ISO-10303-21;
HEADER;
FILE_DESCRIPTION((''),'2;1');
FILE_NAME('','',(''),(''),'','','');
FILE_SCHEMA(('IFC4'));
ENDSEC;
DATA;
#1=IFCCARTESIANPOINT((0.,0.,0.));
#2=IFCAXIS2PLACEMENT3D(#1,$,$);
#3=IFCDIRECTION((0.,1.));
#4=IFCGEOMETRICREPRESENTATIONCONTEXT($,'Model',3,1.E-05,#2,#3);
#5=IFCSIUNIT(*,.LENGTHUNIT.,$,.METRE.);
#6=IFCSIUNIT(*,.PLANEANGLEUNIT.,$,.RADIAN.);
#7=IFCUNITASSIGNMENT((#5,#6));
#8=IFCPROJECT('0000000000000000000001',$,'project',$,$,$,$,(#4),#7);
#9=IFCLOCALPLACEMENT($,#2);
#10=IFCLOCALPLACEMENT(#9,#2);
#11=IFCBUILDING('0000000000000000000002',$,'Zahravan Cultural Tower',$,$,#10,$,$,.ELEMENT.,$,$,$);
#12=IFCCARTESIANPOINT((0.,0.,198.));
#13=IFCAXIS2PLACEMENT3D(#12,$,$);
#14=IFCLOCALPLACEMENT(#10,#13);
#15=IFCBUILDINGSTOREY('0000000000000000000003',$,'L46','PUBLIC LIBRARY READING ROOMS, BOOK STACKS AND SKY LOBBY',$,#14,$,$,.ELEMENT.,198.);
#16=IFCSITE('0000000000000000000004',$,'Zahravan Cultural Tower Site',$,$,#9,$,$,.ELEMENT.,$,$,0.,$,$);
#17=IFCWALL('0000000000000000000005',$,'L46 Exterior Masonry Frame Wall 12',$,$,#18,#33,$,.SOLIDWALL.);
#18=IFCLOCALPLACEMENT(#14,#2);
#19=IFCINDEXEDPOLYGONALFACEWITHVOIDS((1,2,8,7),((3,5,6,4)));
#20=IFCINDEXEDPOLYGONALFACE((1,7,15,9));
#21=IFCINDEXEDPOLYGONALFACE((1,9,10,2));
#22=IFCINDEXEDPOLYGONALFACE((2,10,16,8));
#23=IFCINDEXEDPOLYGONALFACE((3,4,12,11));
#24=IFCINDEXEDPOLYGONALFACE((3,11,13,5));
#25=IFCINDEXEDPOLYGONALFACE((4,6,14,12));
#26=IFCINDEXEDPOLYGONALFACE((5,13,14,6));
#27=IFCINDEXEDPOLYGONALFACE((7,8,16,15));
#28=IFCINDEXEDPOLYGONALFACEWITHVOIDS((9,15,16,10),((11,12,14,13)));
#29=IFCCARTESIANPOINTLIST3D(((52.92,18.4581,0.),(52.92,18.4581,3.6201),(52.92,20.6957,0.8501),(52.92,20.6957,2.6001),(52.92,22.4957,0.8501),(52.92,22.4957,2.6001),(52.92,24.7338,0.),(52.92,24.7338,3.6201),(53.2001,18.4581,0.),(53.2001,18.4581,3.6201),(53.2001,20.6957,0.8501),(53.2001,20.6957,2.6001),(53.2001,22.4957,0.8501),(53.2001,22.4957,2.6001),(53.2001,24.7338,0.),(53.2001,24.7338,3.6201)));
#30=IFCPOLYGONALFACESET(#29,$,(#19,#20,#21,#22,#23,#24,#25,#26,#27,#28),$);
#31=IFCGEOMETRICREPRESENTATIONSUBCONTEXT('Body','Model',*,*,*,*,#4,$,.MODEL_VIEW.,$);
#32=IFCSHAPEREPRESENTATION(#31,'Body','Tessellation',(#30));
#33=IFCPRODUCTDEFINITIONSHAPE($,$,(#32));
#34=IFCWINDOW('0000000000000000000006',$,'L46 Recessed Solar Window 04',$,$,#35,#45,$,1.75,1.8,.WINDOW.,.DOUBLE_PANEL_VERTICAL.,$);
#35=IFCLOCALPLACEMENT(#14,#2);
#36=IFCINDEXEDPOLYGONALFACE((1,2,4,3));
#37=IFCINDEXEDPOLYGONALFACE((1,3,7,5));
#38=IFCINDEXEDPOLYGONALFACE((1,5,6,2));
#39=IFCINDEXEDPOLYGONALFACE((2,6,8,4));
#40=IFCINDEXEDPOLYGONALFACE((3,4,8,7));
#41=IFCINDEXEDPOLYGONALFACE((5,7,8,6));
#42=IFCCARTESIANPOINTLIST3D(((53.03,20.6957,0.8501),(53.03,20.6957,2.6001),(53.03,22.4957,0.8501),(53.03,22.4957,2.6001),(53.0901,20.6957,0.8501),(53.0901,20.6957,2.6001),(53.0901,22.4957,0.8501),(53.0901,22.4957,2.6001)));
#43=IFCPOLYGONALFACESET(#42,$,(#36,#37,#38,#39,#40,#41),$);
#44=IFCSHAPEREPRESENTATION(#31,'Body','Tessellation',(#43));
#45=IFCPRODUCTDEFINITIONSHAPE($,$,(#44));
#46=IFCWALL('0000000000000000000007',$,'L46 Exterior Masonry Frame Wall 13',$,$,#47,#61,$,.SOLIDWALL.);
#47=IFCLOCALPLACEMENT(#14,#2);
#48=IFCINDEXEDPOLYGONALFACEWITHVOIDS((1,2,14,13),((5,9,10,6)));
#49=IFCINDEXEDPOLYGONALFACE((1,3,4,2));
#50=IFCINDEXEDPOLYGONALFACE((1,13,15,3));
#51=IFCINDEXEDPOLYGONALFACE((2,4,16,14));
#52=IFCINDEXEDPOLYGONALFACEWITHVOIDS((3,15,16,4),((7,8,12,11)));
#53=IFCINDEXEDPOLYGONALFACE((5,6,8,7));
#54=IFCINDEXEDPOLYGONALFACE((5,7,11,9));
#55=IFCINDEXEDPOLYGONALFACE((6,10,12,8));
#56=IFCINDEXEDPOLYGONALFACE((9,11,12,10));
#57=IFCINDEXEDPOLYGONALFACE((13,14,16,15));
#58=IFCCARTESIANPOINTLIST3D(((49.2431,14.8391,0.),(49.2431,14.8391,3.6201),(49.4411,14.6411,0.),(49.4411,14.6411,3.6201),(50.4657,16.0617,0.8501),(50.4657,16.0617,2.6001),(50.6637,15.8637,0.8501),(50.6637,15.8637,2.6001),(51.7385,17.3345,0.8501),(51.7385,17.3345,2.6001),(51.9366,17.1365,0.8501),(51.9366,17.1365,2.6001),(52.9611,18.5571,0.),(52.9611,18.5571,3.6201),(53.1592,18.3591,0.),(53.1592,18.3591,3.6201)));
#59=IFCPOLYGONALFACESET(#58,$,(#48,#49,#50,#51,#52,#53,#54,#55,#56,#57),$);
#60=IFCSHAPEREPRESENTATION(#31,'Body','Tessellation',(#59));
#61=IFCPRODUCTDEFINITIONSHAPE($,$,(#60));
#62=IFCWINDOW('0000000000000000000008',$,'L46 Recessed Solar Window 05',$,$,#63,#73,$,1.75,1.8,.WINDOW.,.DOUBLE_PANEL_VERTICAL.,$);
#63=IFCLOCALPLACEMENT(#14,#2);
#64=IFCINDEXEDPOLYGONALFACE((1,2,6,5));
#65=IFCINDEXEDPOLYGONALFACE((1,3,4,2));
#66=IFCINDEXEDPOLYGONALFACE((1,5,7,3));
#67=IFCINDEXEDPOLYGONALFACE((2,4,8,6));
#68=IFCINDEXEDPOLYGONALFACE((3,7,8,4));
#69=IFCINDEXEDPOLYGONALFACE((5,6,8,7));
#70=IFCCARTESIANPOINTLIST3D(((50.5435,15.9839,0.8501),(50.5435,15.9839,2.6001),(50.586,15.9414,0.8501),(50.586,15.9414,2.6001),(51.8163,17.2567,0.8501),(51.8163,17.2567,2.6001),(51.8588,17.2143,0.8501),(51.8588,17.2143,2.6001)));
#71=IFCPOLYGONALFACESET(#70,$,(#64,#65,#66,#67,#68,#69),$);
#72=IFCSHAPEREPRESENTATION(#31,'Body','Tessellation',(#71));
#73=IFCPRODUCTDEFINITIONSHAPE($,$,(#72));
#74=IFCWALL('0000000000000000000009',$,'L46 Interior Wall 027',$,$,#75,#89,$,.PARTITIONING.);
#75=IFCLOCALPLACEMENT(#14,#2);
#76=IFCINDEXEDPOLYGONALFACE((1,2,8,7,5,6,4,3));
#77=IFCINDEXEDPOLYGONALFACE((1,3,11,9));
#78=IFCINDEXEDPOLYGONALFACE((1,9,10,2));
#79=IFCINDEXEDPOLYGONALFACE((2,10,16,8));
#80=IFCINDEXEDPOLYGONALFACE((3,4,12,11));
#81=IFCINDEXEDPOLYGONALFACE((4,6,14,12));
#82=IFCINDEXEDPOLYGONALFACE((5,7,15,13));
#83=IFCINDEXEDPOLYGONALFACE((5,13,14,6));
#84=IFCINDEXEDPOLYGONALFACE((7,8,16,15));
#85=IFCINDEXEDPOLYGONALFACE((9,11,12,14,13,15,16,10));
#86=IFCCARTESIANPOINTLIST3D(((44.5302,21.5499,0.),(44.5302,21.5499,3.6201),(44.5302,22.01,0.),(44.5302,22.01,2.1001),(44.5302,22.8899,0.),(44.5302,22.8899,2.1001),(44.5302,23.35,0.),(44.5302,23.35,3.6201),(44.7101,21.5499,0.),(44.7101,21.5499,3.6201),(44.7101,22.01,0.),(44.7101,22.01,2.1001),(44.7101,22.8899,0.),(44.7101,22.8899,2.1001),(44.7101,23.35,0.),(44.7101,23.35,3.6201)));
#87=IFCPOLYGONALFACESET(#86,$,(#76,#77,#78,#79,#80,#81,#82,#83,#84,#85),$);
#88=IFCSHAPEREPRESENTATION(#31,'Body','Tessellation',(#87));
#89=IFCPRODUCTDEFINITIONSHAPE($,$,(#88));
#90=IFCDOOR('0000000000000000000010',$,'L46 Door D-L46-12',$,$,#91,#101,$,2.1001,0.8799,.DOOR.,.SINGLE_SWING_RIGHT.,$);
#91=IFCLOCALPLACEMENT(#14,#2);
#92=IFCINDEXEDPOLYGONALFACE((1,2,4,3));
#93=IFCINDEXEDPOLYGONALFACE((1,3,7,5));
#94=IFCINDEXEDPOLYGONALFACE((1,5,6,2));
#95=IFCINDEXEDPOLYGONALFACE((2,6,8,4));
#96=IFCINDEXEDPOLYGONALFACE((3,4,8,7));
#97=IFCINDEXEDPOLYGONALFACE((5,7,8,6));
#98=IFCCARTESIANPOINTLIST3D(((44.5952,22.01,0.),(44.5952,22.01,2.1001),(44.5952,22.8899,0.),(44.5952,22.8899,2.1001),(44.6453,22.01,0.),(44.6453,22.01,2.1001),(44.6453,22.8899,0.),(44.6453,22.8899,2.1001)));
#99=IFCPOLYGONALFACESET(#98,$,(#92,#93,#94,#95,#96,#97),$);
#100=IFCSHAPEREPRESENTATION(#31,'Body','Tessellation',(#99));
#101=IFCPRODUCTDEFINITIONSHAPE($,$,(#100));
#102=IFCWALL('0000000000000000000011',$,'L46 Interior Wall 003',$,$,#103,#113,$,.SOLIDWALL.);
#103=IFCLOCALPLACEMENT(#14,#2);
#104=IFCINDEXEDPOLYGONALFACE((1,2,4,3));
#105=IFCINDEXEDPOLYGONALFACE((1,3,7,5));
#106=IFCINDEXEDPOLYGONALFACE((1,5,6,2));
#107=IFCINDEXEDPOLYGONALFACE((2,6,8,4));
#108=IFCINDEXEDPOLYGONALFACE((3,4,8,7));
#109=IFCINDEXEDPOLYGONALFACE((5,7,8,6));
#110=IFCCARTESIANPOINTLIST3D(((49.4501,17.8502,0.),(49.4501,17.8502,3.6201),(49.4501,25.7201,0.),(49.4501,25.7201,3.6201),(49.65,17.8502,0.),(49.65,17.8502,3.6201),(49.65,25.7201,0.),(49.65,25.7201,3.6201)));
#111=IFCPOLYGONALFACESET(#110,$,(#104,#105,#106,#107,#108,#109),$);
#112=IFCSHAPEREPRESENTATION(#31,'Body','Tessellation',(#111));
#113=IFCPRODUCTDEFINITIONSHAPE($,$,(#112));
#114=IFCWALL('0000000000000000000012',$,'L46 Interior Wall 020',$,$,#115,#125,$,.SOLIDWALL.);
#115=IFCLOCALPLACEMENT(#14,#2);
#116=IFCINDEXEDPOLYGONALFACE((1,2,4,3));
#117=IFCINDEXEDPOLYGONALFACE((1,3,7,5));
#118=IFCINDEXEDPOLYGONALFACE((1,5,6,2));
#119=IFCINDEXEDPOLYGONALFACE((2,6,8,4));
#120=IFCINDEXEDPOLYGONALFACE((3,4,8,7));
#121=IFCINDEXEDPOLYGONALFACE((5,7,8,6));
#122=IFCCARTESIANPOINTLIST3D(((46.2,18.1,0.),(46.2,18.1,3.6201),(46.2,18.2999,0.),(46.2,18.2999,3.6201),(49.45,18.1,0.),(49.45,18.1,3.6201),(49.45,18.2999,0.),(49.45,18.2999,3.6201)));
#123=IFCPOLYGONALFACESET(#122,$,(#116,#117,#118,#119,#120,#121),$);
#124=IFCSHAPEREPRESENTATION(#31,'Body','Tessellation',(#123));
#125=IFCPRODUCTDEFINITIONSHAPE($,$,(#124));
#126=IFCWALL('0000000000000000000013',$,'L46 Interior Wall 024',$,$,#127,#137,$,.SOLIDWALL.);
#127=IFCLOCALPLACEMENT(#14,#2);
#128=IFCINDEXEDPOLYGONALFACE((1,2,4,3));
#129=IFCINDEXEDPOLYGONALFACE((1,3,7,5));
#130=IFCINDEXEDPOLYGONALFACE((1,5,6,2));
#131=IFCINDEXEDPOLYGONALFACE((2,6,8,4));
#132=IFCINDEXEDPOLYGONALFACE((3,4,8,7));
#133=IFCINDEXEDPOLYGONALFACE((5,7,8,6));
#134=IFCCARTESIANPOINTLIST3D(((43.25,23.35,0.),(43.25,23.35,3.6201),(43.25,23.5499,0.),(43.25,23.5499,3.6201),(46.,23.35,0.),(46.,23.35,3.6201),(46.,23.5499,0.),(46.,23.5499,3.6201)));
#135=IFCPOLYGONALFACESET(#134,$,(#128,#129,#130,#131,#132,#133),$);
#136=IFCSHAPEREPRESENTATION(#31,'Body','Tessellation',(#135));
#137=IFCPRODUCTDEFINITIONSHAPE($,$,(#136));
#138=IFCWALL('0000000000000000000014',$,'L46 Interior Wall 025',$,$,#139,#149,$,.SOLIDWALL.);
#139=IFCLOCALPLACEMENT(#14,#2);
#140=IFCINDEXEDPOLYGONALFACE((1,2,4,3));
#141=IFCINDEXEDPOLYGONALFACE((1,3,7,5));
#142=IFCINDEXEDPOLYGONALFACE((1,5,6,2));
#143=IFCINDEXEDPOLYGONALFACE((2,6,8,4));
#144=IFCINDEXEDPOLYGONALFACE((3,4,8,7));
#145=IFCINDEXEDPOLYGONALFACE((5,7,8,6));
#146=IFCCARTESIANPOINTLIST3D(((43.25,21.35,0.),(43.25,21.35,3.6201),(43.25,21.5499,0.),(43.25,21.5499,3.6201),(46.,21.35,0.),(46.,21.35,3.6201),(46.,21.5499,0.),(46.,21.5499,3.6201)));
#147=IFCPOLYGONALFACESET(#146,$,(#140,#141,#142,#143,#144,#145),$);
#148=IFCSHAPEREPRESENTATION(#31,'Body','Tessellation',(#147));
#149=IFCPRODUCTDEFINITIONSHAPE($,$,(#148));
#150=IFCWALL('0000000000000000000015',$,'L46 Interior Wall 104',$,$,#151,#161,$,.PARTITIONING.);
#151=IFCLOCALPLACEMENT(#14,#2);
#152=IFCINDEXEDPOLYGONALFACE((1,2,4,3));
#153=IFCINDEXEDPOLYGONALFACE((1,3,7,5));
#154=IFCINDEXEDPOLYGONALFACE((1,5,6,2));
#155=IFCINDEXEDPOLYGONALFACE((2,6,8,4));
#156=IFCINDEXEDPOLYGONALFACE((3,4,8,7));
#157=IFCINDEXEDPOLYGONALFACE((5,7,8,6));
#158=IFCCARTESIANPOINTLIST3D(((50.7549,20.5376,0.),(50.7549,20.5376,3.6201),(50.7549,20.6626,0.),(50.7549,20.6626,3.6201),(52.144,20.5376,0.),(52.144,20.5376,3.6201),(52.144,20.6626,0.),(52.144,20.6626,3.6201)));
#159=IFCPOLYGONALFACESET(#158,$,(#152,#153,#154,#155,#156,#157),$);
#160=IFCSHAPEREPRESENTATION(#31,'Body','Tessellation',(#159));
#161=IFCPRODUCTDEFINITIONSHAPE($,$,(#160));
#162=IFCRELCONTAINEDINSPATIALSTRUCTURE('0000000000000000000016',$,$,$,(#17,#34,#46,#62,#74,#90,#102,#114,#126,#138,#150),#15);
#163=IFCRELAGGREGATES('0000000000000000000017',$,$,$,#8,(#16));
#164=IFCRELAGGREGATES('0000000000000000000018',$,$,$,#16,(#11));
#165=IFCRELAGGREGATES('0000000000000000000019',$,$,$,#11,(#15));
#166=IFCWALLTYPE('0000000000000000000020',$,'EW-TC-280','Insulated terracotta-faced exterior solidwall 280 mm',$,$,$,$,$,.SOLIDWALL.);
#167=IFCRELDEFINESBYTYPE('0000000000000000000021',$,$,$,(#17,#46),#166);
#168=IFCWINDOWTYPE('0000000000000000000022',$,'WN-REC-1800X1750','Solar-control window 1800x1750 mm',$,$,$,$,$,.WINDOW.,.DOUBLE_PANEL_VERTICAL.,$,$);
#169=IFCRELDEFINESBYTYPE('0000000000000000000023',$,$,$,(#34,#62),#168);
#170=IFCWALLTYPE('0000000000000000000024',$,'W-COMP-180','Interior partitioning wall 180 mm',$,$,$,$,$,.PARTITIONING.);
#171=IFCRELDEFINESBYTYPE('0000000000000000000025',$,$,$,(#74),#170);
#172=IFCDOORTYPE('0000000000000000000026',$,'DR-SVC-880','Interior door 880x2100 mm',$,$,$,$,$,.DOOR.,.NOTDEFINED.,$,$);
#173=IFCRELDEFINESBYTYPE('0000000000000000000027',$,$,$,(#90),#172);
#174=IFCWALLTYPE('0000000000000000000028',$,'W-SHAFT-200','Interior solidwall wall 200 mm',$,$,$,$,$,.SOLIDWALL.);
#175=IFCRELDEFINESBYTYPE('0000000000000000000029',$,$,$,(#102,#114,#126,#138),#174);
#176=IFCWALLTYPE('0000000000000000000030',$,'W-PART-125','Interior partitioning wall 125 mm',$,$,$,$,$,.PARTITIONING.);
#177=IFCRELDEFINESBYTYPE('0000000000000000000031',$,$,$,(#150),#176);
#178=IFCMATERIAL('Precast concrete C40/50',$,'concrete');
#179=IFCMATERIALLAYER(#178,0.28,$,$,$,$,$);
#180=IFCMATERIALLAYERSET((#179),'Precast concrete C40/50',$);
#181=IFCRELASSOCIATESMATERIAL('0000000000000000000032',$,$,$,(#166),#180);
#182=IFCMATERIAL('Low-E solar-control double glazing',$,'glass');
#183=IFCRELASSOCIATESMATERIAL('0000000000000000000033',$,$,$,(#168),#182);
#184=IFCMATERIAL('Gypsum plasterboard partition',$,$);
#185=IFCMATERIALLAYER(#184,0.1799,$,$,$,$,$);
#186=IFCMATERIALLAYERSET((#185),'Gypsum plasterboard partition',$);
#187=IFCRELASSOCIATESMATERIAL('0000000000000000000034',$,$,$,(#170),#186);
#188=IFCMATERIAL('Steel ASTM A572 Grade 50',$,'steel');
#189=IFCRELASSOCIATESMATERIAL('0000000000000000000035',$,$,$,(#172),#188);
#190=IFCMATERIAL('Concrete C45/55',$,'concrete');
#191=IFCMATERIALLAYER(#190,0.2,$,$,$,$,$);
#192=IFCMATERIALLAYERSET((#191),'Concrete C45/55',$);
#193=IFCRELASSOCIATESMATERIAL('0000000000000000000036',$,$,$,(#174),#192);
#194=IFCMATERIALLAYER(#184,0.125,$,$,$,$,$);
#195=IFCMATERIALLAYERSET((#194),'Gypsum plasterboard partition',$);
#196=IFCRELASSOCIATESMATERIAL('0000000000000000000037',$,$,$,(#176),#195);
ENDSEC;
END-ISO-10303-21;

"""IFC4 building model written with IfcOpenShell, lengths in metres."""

from ifc_helpers import new_model, si_unit, direction, frame, frame_2d, origin, place, context, subcontext, project, spatial, rectangle, extrude, source, transform, mapped, material, layer, layer_set, type_object, element, fill, save


model = new_model("IFC4")

# Units and contexts
model_context = context("Model", 3, precision=1e-05, world=origin(), true_north=direction((0.0, 1.0)))
body_context = subcontext(model_context, "Body", "Model", "MODEL_VIEW")
ifc_project = project(units=[si_unit("LENGTHUNIT", "METRE"), si_unit("PLANEANGLEUNIT", "RADIAN")], contexts=[model_context])

# Site, building, storey
site_placement = place(None, origin())
site = spatial("IfcSite", under=ifc_project, at=site_placement, Name="Zahravan Cultural Tower Site", CompositionType="ELEMENT", RefElevation=0.0)
building_placement = place(site_placement, origin())
building = spatial("IfcBuilding", under=site, at=building_placement, Name="Zahravan Cultural Tower", CompositionType="ELEMENT")
storey_placement = place(building_placement, frame((0.0, 0.0, 198.0)))
storey = spatial("IfcBuildingStorey", under=building, at=storey_placement, Name="L46", Description="PUBLIC LIBRARY READING ROOMS, BOOK STACKS AND SKY LOBBY", CompositionType="ELEMENT", Elevation=198.0)

# Walls, openings, windows
ifc_material_1 = material(Name="Precast concrete C40/50", Category="concrete")
ifc_layer_1 = layer(ifc_material_1, 0.28)
ifc_layer_set_1 = layer_set([ifc_layer_1], Name="Precast concrete C40/50")
wall_type_1 = type_object("IfcWallType", Name="EW-TC-280", Description="Insulated terracotta-faced exterior solidwall 280 mm", PredefinedType="SOLIDWALL", material=ifc_layer_set_1)
wall_1_placement = place(storey_placement, frame((53.0601, 24.7336, 0.0), z_axis=(0.0, 0.0, 1.0), x_axis=(0.0, -1.0, 0.0)))
wall_1 = element("IfcWall", 1, at=wall_1_placement, inside=storey, type_object=wall_type_1, Name="L46 Exterior Masonry Frame Wall 12", PredefinedType="SOLIDWALL", context=body_context, shape_type="SweptSolid", body=[
    extrude(rectangle(XDim=6.2756, YDim=0.28, at=frame_2d((3.1377, 0.0))), origin(), (0.0, 0.0, 1.0), 3.6201),
])
opening_1_placement = place(wall_1_placement, frame((2.238, 0.0, 0.8501)))
opening_1 = element("IfcOpeningElement", 2, at=opening_1_placement, cuts=wall_1, PredefinedType="OPENING", context=body_context, shape_type="SweptSolid", body=[
    extrude(rectangle(XDim=1.8, YDim=1.75, at=frame_2d((0.8999, 0.875))), frame((0.0, 0.1499, 0.0), z_axis=(0.0, -1.0, 0.0), x_axis=(1.0, 0.0, 0.0)), (0.0, 0.0, 1.0), 0.3),
])
ifc_material_2 = material(Name="Low-E solar-control double glazing", Category="glass")
window_type = type_object("IfcWindowType", Name="WN-REC-1800X1750", Description="Solar-control window 1800x1750 mm", PartitioningType="DOUBLE_PANEL_VERTICAL", PredefinedType="WINDOW", material=ifc_material_2)
shared_shape_1 = source(origin(), body_context, "Body", "SweptSolid", [
    extrude(rectangle(XDim=1.8, YDim=1.75, at=frame_2d((0.8999, 0.875))), frame((0.0, 0.03, 0.0), z_axis=(0.0, -1.0, 0.0), x_axis=(1.0, 0.0, 0.0)), (0.0, 0.0, 1.0), 0.0601),
])
window_1_placement = place(opening_1_placement, origin())
window_1 = element("IfcWindow", 3, at=window_1_placement, inside=storey, type_object=window_type, Name="L46 Recessed Solar Window 04", OverallHeight=1.75, OverallWidth=1.8, PartitioningType="DOUBLE_PANEL_VERTICAL", PredefinedType="WINDOW", context=body_context, shape_type="MappedRepresentation", body=[
    mapped(shared_shape_1, transform((0.0, 0.0, 0.0), x_axis=(1.0, 0.0, 0.0), y_axis=(0.0, 1.0, 0.0), z_axis=(0.0, 0.0, 1.0), scale=1.0)),
])
fill(opening_1, window_1)
wall_2_placement = place(storey_placement, frame((53.0601, 18.458, 0.0), z_axis=(0.0, 0.0, 1.0), x_axis=(-0.707107, -0.707107, 0.0)))
wall_2 = element("IfcWall", 4, at=wall_2_placement, inside=storey, type_object=wall_type_1, Name="L46 Exterior Masonry Frame Wall 13", PredefinedType="SOLIDWALL", context=body_context, shape_type="SweptSolid", body=[
    extrude(rectangle(XDim=5.2581, YDim=0.28, at=frame_2d((2.6289, 0.0))), origin(), (0.0, 0.0, 1.0), 3.6201),
])
opening_2_placement = place(wall_2_placement, frame((1.729, 0.0, 0.8501)))
opening_2 = element("IfcOpeningElement", 5, at=opening_2_placement, cuts=wall_2, PredefinedType="OPENING", context=body_context, shape_type="SweptSolid", body=[
    extrude(rectangle(XDim=1.8, YDim=1.75, at=frame_2d((0.8999, 0.875))), frame((0.0, 0.1499, 0.0), z_axis=(0.0, -1.0, 0.0), x_axis=(1.0, 0.0, 0.0)), (0.0, 0.0, 1.0), 0.3),
])
window_2_placement = place(opening_2_placement, origin())
window_2 = element("IfcWindow", 6, at=window_2_placement, inside=storey, type_object=window_type, Name="L46 Recessed Solar Window 05", OverallHeight=1.75, OverallWidth=1.8, PartitioningType="DOUBLE_PANEL_VERTICAL", PredefinedType="WINDOW", context=body_context, shape_type="MappedRepresentation", body=[
    mapped(shared_shape_1, transform((0.0, 0.0, 0.0), x_axis=(1.0, 0.0, 0.0), y_axis=(0.0, 1.0, 0.0), z_axis=(0.0, 0.0, 1.0), scale=1.0)),
])
fill(opening_2, window_2)

# Wall, opening, door
ifc_material_3 = material(Name="Gypsum plasterboard partition")
ifc_layer_2 = layer(ifc_material_3, 0.1799)
ifc_layer_set_2 = layer_set([ifc_layer_2], Name="Gypsum plasterboard partition")
wall_type_2 = type_object("IfcWallType", Name="W-COMP-180", Description="Interior partitioning wall 180 mm", PredefinedType="PARTITIONING", material=ifc_layer_set_2)
wall_3_placement = place(storey_placement, frame((44.6201, 21.55, 0.0), z_axis=(0.0, 0.0, 1.0), x_axis=(0.0, 1.0, 0.0)))
wall_3 = element("IfcWall", 7, at=wall_3_placement, inside=storey, type_object=wall_type_2, Name="L46 Interior Wall 027", PredefinedType="PARTITIONING", context=body_context, shape_type="SweptSolid", body=[
    extrude(rectangle(XDim=1.8, YDim=0.1799, at=frame_2d((0.8999, 0.0))), origin(), (0.0, 0.0, 1.0), 3.6201),
])
opening_3_placement = place(wall_3_placement, frame((0.46, 0.0, 0.0)))
opening_3 = element("IfcOpeningElement", 8, at=opening_3_placement, cuts=wall_3, PredefinedType="OPENING", context=body_context, shape_type="SweptSolid", body=[
    extrude(rectangle(XDim=0.8799, YDim=2.1001, at=frame_2d((0.4399, 1.05))), frame((0.0, 0.0999, 0.0), z_axis=(0.0, -1.0, 0.0), x_axis=(1.0, 0.0, 0.0)), (0.0, 0.0, 1.0), 0.2),
])
ifc_material_4 = material(Name="Steel ASTM A572 Grade 50", Category="steel")
door_type = type_object("IfcDoorType", Name="DR-SVC-880", Description="Interior door 880x2100 mm", OperationType="NOTDEFINED", PredefinedType="DOOR", material=ifc_material_4)
shared_shape_2 = source(origin(), body_context, "Body", "SweptSolid", [
    extrude(rectangle(XDim=0.8799, YDim=2.1001, at=frame_2d((0.4399, 1.05))), frame((0.0, 0.0249, 0.0), z_axis=(0.0, -1.0, 0.0), x_axis=(1.0, 0.0, 0.0)), (0.0, 0.0, 1.0), 0.05),
])
door_placement = place(opening_3_placement, origin())
door = element("IfcDoor", 9, at=door_placement, inside=storey, type_object=door_type, Name="L46 Door D-L46-12", OperationType="SINGLE_SWING_RIGHT", OverallHeight=2.1001, OverallWidth=0.8799, PredefinedType="DOOR", context=body_context, shape_type="MappedRepresentation", body=[
    mapped(shared_shape_2, transform((0.0, 0.0, 0.0), x_axis=(1.0, 0.0, 0.0), y_axis=(0.0, 1.0, 0.0), z_axis=(0.0, 0.0, 1.0), scale=1.0)),
])
fill(opening_3, door)

# Walls
ifc_material_5 = material(Name="Concrete C45/55", Category="concrete")
ifc_layer_3 = layer(ifc_material_5, 0.2)
ifc_layer_set_3 = layer_set([ifc_layer_3], Name="Concrete C45/55")
wall_type_3 = type_object("IfcWallType", Name="W-SHAFT-200", Description="Interior solidwall wall 200 mm", PredefinedType="SOLIDWALL", material=ifc_layer_set_3)
shared_shape_3 = source(origin(), body_context, "Body", "SweptSolid", [
    extrude(rectangle(XDim=7.8699, YDim=0.2, at=frame_2d((3.9351, 0.0))), origin(), (0.0, 0.0, 1.0), 3.6201),
])
wall_4_placement = place(storey_placement, frame((49.55, 17.8501, 0.0), z_axis=(0.0, 0.0, 1.0), x_axis=(0.0, 1.0, 0.0)))
element("IfcWall", 10, at=wall_4_placement, inside=storey, type_object=wall_type_3, Name="L46 Interior Wall 003", PredefinedType="SOLIDWALL", context=body_context, shape_type="MappedRepresentation", body=[
    mapped(shared_shape_3, transform((0.0, 0.0, 0.0), x_axis=(1.0, 0.0, 0.0), y_axis=(0.0, 1.0, 0.0), z_axis=(0.0, 0.0, 1.0), scale=1.0)),
])
shared_shape_4 = source(origin(), body_context, "Body", "SweptSolid", [
    extrude(rectangle(XDim=3.25, YDim=0.2, at=frame_2d((1.625, 0.0))), origin(), (0.0, 0.0, 1.0), 3.6201),
])
wall_5_placement = place(storey_placement, frame((46.2, 18.2, 0.0), z_axis=(0.0, 0.0, 1.0), x_axis=(1.0, 0.0, 0.0)))
element("IfcWall", 11, at=wall_5_placement, inside=storey, type_object=wall_type_3, Name="L46 Interior Wall 020", PredefinedType="SOLIDWALL", context=body_context, shape_type="MappedRepresentation", body=[
    mapped(shared_shape_4, transform((0.0, 0.0, 0.0), x_axis=(1.0, 0.0, 0.0), y_axis=(0.0, 1.0, 0.0), z_axis=(0.0, 0.0, 1.0), scale=1.0)),
])
shared_shape_5 = source(origin(), body_context, "Body", "SweptSolid", [
    extrude(rectangle(XDim=2.75, YDim=0.2, at=frame_2d((1.375, 0.0))), origin(), (0.0, 0.0, 1.0), 3.6201),
])
for number, where, z_axis, x_axis, name in (
    (12, (43.25, 23.45, 0.0), (0.0, 0.0, 1.0), (1.0, 0.0, 0.0), "L46 Interior Wall 024"),
    (13, (43.25, 21.45, 0.0), (0.0, 0.0, 1.0), (1.0, 0.0, 0.0), "L46 Interior Wall 025"),
):
    element("IfcWall", number, at=place(storey_placement, frame(where, z_axis=z_axis, x_axis=x_axis)), inside=storey, type_object=wall_type_3, Name=name, PredefinedType="SOLIDWALL", context=body_context, shape_type="MappedRepresentation", body=[
        mapped(shared_shape_5, transform((0.0, 0.0, 0.0), x_axis=(1.0, 0.0, 0.0), y_axis=(0.0, 1.0, 0.0), z_axis=(0.0, 0.0, 1.0), scale=1.0)),
    ])
ifc_layer_4 = layer(ifc_material_3, 0.125)
ifc_layer_set_4 = layer_set([ifc_layer_4], Name="Gypsum plasterboard partition")
wall_type_4 = type_object("IfcWallType", Name="W-PART-125", Description="Interior partitioning wall 125 mm", PredefinedType="PARTITIONING", material=ifc_layer_set_4)
shared_shape_6 = source(origin(), body_context, "Body", "SweptSolid", [
    extrude(rectangle(XDim=1.3892, YDim=0.125, at=frame_2d((0.6946, 0.0))), origin(), (0.0, 0.0, 1.0), 3.6201),
])
wall_6_placement = place(storey_placement, frame((50.7549, 20.6001, 0.0), z_axis=(0.0, 0.0, 1.0), x_axis=(1.0, 0.0, 0.0)))
element("IfcWall", 14, at=wall_6_placement, inside=storey, type_object=wall_type_4, Name="L46 Interior Wall 104", PredefinedType="PARTITIONING", context=body_context, shape_type="MappedRepresentation", body=[
    mapped(shared_shape_6, transform((0.0, 0.0, 0.0), x_axis=(1.0, 0.0, 0.0), y_axis=(0.0, 1.0, 0.0), z_axis=(0.0, 0.0, 1.0), scale=1.0)),
])

save(model, "model.ifc")
